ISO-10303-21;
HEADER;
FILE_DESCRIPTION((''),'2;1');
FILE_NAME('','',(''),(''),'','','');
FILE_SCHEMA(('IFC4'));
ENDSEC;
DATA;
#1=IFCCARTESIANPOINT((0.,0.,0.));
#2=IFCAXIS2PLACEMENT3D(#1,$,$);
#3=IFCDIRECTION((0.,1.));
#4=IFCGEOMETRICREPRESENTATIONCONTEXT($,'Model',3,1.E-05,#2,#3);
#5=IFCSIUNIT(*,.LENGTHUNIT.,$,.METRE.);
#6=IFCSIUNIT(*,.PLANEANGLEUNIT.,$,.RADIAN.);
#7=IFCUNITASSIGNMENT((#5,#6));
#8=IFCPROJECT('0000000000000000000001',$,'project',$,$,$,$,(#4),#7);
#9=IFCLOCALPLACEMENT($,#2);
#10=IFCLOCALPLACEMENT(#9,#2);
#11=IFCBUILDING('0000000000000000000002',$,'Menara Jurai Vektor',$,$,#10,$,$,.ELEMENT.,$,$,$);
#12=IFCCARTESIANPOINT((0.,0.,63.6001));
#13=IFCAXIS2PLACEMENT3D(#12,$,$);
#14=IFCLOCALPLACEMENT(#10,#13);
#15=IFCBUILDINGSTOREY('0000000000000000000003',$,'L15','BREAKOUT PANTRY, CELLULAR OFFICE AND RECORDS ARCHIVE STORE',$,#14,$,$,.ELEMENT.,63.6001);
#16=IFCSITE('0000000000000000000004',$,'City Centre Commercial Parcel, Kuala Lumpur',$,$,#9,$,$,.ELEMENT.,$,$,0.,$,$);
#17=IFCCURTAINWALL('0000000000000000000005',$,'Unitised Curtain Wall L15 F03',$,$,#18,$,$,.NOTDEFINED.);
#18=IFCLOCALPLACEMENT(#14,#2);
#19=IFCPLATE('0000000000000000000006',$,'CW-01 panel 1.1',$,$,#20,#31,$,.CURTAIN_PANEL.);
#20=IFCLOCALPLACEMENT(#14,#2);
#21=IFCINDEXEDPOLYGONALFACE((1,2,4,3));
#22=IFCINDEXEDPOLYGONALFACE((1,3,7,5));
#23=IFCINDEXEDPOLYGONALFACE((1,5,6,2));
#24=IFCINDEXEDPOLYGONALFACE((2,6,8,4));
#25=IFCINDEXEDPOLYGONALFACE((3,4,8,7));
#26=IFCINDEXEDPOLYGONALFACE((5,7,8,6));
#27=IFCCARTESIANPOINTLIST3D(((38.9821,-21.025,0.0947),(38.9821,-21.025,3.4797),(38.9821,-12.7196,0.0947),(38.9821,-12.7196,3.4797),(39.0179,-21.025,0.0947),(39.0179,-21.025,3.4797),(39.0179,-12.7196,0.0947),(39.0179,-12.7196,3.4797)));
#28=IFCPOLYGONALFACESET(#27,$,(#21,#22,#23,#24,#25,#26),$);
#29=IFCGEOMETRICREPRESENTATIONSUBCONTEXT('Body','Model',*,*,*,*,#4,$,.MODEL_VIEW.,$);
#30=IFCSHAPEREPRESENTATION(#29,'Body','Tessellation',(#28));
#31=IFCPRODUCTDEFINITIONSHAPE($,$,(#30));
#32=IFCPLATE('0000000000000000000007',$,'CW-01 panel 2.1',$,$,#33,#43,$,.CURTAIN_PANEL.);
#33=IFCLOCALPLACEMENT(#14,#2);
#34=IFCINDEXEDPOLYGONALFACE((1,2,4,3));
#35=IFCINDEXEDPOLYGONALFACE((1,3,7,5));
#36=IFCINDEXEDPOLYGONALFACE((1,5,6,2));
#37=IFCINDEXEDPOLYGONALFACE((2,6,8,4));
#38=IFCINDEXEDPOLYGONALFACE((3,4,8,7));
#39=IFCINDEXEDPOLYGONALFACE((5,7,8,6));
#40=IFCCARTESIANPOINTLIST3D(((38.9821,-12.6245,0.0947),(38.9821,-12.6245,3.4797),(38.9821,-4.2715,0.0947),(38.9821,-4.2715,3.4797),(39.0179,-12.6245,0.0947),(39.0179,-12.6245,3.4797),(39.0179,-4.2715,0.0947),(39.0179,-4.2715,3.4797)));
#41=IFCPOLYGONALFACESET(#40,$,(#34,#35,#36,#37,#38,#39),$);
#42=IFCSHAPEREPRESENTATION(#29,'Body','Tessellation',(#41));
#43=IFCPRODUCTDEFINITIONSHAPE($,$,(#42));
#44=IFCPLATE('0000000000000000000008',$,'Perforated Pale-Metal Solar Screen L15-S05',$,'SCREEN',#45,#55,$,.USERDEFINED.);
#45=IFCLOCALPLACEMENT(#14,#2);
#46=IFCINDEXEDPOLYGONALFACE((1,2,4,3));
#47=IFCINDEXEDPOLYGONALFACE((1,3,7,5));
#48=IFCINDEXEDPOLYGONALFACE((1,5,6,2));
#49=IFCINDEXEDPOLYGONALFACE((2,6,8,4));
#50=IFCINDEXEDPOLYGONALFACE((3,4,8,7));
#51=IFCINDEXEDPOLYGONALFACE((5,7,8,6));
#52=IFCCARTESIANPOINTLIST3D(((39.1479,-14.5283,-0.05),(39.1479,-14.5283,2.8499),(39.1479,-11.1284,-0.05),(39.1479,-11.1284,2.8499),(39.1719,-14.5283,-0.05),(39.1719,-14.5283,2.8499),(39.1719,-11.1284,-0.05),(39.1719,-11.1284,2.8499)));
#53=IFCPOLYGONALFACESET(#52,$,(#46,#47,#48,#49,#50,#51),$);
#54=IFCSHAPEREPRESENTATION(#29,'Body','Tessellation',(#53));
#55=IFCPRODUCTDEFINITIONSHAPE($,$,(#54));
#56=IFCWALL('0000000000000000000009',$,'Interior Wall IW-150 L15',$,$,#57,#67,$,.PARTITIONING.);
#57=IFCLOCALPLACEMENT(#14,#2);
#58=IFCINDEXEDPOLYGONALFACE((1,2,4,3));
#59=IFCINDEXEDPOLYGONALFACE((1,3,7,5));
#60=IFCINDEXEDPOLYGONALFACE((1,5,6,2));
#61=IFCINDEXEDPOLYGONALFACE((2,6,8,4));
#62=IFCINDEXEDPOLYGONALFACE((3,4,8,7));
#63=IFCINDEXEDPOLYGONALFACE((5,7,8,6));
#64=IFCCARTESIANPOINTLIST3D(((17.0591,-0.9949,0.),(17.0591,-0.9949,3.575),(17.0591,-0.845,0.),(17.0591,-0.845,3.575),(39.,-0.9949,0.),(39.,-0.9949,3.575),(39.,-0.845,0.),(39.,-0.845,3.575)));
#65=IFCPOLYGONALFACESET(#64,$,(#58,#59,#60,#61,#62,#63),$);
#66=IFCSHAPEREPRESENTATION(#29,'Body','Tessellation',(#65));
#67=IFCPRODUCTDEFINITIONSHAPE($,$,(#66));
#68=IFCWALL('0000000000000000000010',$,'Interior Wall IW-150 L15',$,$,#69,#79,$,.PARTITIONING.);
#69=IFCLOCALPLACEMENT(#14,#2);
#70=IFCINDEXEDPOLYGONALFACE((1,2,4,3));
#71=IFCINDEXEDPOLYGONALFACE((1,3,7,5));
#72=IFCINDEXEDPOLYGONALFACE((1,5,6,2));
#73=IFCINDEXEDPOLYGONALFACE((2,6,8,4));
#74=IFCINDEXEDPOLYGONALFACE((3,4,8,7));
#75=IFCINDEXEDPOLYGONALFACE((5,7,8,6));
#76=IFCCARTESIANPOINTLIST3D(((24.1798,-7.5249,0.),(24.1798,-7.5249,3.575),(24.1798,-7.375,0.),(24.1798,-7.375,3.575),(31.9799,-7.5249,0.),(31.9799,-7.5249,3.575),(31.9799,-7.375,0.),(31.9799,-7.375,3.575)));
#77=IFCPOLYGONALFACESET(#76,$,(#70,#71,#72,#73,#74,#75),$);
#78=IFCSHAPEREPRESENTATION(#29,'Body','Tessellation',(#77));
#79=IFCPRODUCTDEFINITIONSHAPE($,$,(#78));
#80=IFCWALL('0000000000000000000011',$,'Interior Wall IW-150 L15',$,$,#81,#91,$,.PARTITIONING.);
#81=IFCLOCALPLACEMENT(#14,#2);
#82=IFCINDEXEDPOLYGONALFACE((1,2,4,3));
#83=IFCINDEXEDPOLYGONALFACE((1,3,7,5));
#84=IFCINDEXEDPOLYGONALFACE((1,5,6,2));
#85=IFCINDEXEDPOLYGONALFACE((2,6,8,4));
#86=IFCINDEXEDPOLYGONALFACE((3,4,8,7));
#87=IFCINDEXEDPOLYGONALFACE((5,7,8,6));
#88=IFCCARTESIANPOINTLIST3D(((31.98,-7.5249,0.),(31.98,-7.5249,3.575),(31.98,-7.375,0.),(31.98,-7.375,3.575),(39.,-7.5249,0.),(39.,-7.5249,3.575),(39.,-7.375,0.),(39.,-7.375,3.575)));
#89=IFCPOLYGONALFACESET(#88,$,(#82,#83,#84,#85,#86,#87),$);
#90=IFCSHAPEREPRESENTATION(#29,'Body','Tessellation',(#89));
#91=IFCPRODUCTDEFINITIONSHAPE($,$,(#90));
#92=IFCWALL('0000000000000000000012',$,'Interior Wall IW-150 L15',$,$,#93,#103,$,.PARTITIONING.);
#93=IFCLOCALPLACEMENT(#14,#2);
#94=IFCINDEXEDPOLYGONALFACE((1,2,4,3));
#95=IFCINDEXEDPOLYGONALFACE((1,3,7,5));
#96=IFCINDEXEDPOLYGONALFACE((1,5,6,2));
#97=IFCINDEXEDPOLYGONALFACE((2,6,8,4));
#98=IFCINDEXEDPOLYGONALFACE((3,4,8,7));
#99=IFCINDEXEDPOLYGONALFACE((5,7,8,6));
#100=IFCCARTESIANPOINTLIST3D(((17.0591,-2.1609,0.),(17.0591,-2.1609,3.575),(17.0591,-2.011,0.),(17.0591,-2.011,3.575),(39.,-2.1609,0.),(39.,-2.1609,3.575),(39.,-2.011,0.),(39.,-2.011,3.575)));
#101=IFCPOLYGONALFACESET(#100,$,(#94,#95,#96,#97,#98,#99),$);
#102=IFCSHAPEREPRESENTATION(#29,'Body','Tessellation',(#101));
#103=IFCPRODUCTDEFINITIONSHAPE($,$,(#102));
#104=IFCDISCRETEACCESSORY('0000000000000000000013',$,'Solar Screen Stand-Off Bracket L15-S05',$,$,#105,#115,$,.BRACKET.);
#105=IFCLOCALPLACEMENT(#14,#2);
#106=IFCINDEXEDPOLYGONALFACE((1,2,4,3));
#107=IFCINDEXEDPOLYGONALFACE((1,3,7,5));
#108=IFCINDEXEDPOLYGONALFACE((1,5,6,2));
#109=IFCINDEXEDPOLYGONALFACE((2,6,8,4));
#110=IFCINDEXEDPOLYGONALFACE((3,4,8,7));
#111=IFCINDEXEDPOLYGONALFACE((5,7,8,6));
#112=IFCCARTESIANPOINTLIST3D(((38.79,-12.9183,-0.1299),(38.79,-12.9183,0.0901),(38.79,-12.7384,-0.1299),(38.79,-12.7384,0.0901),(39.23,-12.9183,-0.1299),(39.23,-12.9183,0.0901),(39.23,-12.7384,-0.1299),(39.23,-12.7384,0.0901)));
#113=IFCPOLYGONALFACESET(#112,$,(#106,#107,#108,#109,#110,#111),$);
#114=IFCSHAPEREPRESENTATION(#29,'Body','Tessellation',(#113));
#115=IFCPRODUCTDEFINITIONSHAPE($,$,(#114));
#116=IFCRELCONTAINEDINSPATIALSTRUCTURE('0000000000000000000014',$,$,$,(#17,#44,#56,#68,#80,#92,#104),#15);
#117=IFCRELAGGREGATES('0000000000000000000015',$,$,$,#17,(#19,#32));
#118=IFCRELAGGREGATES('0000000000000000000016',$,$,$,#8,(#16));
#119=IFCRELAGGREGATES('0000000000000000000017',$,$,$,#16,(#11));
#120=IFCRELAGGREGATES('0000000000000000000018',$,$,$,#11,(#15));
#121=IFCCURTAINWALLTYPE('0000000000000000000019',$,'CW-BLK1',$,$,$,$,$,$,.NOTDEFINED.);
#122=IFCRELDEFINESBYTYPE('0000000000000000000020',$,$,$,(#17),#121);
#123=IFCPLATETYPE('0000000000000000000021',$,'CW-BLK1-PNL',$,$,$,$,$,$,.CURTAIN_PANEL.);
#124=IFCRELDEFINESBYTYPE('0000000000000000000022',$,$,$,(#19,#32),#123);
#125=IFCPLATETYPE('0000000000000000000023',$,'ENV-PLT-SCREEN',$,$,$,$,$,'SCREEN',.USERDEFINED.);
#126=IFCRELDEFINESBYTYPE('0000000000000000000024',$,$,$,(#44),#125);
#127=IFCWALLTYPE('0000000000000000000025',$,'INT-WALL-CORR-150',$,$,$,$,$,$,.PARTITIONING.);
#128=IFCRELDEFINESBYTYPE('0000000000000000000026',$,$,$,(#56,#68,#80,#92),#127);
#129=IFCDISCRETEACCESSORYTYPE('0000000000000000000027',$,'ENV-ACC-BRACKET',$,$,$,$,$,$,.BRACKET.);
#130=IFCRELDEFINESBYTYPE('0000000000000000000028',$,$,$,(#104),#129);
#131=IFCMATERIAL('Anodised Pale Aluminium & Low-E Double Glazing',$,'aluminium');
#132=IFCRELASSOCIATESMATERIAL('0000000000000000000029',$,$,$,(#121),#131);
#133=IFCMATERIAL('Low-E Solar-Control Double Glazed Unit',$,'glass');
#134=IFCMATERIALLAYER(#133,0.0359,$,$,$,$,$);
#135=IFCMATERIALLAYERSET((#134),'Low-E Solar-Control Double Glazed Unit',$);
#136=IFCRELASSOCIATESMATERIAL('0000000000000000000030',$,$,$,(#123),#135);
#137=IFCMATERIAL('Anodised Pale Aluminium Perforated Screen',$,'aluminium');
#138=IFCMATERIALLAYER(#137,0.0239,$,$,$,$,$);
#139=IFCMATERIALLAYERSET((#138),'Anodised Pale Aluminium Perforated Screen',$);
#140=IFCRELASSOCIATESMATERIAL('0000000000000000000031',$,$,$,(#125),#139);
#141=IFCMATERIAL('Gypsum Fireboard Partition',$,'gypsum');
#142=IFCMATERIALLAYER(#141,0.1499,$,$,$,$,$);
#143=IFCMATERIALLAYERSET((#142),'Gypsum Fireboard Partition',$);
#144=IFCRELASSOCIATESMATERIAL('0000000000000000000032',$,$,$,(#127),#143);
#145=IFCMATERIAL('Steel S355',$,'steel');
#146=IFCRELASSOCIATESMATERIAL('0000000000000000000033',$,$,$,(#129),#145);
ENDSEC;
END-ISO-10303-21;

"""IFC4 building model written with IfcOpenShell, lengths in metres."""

from ifc_helpers import new_model, si_unit, direction, frame, frame_2d, origin, origin_2d, place, context, subcontext, project, spatial, rectangle, extrude, material, layer, layer_set, type_object, element, aggregate, save


model = new_model("IFC4")

# Units and contexts
model_context = context("Model", 3, precision=1e-05, world=origin(), true_north=direction((0.0, 1.0)))
body_context = subcontext(model_context, "Body", "Model", "MODEL_VIEW")
ifc_project = project(units=[si_unit("LENGTHUNIT", "METRE"), si_unit("PLANEANGLEUNIT", "RADIAN")], contexts=[model_context])

# Site, building, storey
site_placement = place(None, origin())
site = spatial("IfcSite", under=ifc_project, at=site_placement, Name="City Centre Commercial Parcel, Kuala Lumpur", CompositionType="ELEMENT", RefElevation=0.0)
building_placement = place(site_placement, origin())
building = spatial("IfcBuilding", under=site, at=building_placement, Name="Menara Jurai Vektor", CompositionType="ELEMENT")
storey_placement = place(building_placement, frame((0.0, 0.0, 63.6001)))
storey = spatial("IfcBuildingStorey", under=building, at=storey_placement, Name="L15", Description="BREAKOUT PANTRY, CELLULAR OFFICE AND RECORDS ARCHIVE STORE", CompositionType="ELEMENT", Elevation=63.6001)

# Curtain wall
ifc_material_1 = material(Name="Anodised Pale Aluminium & Low-E Double Glazing", Category="aluminium")
curtain_wall_type = type_object("IfcCurtainWallType", Name="CW-BLK1", PredefinedType="NOTDEFINED", material=ifc_material_1)
curtain_wall_placement = place(storey_placement, origin())
curtain_wall = element("IfcCurtainWall", 1, at=curtain_wall_placement, inside=storey, type_object=curtain_wall_type, Name="Unitised Curtain Wall L15 F03", PredefinedType="NOTDEFINED")

# Shared definitions
ifc_material_2 = material(Name="Steel S355", Category="steel")

# Plates
ifc_material_3 = material(Name="Low-E Solar-Control Double Glazed Unit", Category="glass")
ifc_layer_1 = layer(ifc_material_3, 0.0359)
ifc_layer_set_1 = layer_set([ifc_layer_1], Name="Low-E Solar-Control Double Glazed Unit")
plate_type_1 = type_object("IfcPlateType", Name="CW-BLK1-PNL", PredefinedType="CURTAIN_PANEL", material=ifc_layer_set_1)
plate_1_placement = place(storey_placement, frame((39.0, -16.8723, 0.0947), z_axis=(0.0, 0.0, 1.0), x_axis=(0.0, 1.0, 0.0)))
plate_1 = element("IfcPlate", 2, at=plate_1_placement, type_object=plate_type_1, Name="CW-01 panel 1.1", PredefinedType="CURTAIN_PANEL", context=body_context, shape_type="SweptSolid", body=[
    extrude(rectangle(XDim=8.3054, YDim=0.0359, at=origin_2d()), origin(), (0.0, 0.0, 1.0), 3.385),
])
plate_2_placement = place(storey_placement, frame((39.0, -8.448, 0.0947), z_axis=(0.0, 0.0, 1.0), x_axis=(0.0, 1.0, 0.0)))
plate_2 = element("IfcPlate", 3, at=plate_2_placement, type_object=plate_type_1, Name="CW-01 panel 2.1", PredefinedType="CURTAIN_PANEL", context=body_context, shape_type="SweptSolid", body=[
    extrude(rectangle(XDim=8.353, YDim=0.0359, at=origin_2d()), origin(), (0.0, 0.0, 1.0), 3.385),
])
aggregate(curtain_wall, [plate_1, plate_2])
ifc_material_4 = material(Name="Anodised Pale Aluminium Perforated Screen", Category="aluminium")
ifc_layer_2 = layer(ifc_material_4, 0.0239)
ifc_layer_set_2 = layer_set([ifc_layer_2], Name="Anodised Pale Aluminium Perforated Screen")
plate_type_2 = type_object("IfcPlateType", Name="ENV-PLT-SCREEN", ElementType="SCREEN", PredefinedType="USERDEFINED", material=ifc_layer_set_2)
plate_3_placement = place(storey_placement, frame((39.1599, -12.8284, -0.05), z_axis=(0.0, 0.0, 1.0), x_axis=(0.0, 1.0, 0.0)))
element("IfcPlate", 4, at=plate_3_placement, inside=storey, type_object=plate_type_2, Name="Perforated Pale-Metal Solar Screen L15-S05", ObjectType="SCREEN", PredefinedType="USERDEFINED", context=body_context, shape_type="SweptSolid", body=[
    extrude(rectangle(XDim=3.3999, YDim=0.0239, at=origin_2d()), origin(), (0.0, 0.0, 1.0), 2.8999),
])

# Walls
ifc_material_5 = material(Name="Gypsum Fireboard Partition", Category="gypsum")
ifc_layer_3 = layer(ifc_material_5, 0.1499)
ifc_layer_set_3 = layer_set([ifc_layer_3], Name="Gypsum Fireboard Partition")
wall_type = type_object("IfcWallType", Name="INT-WALL-CORR-150", PredefinedType="PARTITIONING", material=ifc_layer_set_3)
wall_1_placement = place(storey_placement, frame((17.0591, -0.9199, 0.0), z_axis=(0.0, 0.0, 1.0), x_axis=(1.0, 0.0, 0.0)))
element("IfcWall", 5, at=wall_1_placement, inside=storey, type_object=wall_type, Name="Interior Wall IW-150 L15", PredefinedType="PARTITIONING", context=body_context, shape_type="SweptSolid", body=[
    extrude(rectangle(XDim=21.9409, YDim=0.1499, at=frame_2d((10.9705, 0.0))), origin(), (0.0, 0.0, 1.0), 3.575),
])
wall_2_placement = place(storey_placement, frame((24.1799, -7.45, 0.0), z_axis=(0.0, 0.0, 1.0), x_axis=(1.0, 0.0, 0.0)))
element("IfcWall", 6, at=wall_2_placement, inside=storey, type_object=wall_type, Name="Interior Wall IW-150 L15", PredefinedType="PARTITIONING", context=body_context, shape_type="SweptSolid", body=[
    extrude(rectangle(XDim=7.8, YDim=0.1499, at=frame_2d((3.8999, 0.0))), origin(), (0.0, 0.0, 1.0), 3.575),
])
wall_3_placement = place(storey_placement, frame((31.98, -7.45, 0.0), z_axis=(0.0, 0.0, 1.0), x_axis=(1.0, 0.0, 0.0)))
element("IfcWall", 7, at=wall_3_placement, inside=storey, type_object=wall_type, Name="Interior Wall IW-150 L15", PredefinedType="PARTITIONING", context=body_context, shape_type="SweptSolid", body=[
    extrude(rectangle(XDim=7.02, YDim=0.1499, at=frame_2d((3.51, 0.0))), origin(), (0.0, 0.0, 1.0), 3.575),
])
wall_4_placement = place(storey_placement, frame((17.0591, -2.0859, 0.0), z_axis=(0.0, 0.0, 1.0), x_axis=(1.0, 0.0, 0.0)))
element("IfcWall", 8, at=wall_4_placement, inside=storey, type_object=wall_type, Name="Interior Wall IW-150 L15", PredefinedType="PARTITIONING", context=body_context, shape_type="SweptSolid", body=[
    extrude(rectangle(XDim=21.9409, YDim=0.1499, at=frame_2d((10.9705, 0.0))), origin(), (0.0, 0.0, 1.0), 3.575),
])

# Discrete accessory
discrete_accessory_type = type_object("IfcDiscreteAccessoryType", Name="ENV-ACC-BRACKET", PredefinedType="BRACKET", material=ifc_material_2)
discrete_accessory_placement = place(storey_placement, frame((39.01, -12.8284, -0.1299), z_axis=(0.0, 0.0, 1.0), x_axis=(0.0, 1.0, 0.0)))
element("IfcDiscreteAccessory", 9, at=discrete_accessory_placement, inside=storey, type_object=discrete_accessory_type, Name="Solar Screen Stand-Off Bracket L15-S05", PredefinedType="BRACKET", context=body_context, shape_type="SweptSolid", body=[
    extrude(rectangle(XDim=0.1799, YDim=0.4399, at=origin_2d()), origin(), (0.0, 0.0, 1.0), 0.22),
])

save(model, "model.ifc")
